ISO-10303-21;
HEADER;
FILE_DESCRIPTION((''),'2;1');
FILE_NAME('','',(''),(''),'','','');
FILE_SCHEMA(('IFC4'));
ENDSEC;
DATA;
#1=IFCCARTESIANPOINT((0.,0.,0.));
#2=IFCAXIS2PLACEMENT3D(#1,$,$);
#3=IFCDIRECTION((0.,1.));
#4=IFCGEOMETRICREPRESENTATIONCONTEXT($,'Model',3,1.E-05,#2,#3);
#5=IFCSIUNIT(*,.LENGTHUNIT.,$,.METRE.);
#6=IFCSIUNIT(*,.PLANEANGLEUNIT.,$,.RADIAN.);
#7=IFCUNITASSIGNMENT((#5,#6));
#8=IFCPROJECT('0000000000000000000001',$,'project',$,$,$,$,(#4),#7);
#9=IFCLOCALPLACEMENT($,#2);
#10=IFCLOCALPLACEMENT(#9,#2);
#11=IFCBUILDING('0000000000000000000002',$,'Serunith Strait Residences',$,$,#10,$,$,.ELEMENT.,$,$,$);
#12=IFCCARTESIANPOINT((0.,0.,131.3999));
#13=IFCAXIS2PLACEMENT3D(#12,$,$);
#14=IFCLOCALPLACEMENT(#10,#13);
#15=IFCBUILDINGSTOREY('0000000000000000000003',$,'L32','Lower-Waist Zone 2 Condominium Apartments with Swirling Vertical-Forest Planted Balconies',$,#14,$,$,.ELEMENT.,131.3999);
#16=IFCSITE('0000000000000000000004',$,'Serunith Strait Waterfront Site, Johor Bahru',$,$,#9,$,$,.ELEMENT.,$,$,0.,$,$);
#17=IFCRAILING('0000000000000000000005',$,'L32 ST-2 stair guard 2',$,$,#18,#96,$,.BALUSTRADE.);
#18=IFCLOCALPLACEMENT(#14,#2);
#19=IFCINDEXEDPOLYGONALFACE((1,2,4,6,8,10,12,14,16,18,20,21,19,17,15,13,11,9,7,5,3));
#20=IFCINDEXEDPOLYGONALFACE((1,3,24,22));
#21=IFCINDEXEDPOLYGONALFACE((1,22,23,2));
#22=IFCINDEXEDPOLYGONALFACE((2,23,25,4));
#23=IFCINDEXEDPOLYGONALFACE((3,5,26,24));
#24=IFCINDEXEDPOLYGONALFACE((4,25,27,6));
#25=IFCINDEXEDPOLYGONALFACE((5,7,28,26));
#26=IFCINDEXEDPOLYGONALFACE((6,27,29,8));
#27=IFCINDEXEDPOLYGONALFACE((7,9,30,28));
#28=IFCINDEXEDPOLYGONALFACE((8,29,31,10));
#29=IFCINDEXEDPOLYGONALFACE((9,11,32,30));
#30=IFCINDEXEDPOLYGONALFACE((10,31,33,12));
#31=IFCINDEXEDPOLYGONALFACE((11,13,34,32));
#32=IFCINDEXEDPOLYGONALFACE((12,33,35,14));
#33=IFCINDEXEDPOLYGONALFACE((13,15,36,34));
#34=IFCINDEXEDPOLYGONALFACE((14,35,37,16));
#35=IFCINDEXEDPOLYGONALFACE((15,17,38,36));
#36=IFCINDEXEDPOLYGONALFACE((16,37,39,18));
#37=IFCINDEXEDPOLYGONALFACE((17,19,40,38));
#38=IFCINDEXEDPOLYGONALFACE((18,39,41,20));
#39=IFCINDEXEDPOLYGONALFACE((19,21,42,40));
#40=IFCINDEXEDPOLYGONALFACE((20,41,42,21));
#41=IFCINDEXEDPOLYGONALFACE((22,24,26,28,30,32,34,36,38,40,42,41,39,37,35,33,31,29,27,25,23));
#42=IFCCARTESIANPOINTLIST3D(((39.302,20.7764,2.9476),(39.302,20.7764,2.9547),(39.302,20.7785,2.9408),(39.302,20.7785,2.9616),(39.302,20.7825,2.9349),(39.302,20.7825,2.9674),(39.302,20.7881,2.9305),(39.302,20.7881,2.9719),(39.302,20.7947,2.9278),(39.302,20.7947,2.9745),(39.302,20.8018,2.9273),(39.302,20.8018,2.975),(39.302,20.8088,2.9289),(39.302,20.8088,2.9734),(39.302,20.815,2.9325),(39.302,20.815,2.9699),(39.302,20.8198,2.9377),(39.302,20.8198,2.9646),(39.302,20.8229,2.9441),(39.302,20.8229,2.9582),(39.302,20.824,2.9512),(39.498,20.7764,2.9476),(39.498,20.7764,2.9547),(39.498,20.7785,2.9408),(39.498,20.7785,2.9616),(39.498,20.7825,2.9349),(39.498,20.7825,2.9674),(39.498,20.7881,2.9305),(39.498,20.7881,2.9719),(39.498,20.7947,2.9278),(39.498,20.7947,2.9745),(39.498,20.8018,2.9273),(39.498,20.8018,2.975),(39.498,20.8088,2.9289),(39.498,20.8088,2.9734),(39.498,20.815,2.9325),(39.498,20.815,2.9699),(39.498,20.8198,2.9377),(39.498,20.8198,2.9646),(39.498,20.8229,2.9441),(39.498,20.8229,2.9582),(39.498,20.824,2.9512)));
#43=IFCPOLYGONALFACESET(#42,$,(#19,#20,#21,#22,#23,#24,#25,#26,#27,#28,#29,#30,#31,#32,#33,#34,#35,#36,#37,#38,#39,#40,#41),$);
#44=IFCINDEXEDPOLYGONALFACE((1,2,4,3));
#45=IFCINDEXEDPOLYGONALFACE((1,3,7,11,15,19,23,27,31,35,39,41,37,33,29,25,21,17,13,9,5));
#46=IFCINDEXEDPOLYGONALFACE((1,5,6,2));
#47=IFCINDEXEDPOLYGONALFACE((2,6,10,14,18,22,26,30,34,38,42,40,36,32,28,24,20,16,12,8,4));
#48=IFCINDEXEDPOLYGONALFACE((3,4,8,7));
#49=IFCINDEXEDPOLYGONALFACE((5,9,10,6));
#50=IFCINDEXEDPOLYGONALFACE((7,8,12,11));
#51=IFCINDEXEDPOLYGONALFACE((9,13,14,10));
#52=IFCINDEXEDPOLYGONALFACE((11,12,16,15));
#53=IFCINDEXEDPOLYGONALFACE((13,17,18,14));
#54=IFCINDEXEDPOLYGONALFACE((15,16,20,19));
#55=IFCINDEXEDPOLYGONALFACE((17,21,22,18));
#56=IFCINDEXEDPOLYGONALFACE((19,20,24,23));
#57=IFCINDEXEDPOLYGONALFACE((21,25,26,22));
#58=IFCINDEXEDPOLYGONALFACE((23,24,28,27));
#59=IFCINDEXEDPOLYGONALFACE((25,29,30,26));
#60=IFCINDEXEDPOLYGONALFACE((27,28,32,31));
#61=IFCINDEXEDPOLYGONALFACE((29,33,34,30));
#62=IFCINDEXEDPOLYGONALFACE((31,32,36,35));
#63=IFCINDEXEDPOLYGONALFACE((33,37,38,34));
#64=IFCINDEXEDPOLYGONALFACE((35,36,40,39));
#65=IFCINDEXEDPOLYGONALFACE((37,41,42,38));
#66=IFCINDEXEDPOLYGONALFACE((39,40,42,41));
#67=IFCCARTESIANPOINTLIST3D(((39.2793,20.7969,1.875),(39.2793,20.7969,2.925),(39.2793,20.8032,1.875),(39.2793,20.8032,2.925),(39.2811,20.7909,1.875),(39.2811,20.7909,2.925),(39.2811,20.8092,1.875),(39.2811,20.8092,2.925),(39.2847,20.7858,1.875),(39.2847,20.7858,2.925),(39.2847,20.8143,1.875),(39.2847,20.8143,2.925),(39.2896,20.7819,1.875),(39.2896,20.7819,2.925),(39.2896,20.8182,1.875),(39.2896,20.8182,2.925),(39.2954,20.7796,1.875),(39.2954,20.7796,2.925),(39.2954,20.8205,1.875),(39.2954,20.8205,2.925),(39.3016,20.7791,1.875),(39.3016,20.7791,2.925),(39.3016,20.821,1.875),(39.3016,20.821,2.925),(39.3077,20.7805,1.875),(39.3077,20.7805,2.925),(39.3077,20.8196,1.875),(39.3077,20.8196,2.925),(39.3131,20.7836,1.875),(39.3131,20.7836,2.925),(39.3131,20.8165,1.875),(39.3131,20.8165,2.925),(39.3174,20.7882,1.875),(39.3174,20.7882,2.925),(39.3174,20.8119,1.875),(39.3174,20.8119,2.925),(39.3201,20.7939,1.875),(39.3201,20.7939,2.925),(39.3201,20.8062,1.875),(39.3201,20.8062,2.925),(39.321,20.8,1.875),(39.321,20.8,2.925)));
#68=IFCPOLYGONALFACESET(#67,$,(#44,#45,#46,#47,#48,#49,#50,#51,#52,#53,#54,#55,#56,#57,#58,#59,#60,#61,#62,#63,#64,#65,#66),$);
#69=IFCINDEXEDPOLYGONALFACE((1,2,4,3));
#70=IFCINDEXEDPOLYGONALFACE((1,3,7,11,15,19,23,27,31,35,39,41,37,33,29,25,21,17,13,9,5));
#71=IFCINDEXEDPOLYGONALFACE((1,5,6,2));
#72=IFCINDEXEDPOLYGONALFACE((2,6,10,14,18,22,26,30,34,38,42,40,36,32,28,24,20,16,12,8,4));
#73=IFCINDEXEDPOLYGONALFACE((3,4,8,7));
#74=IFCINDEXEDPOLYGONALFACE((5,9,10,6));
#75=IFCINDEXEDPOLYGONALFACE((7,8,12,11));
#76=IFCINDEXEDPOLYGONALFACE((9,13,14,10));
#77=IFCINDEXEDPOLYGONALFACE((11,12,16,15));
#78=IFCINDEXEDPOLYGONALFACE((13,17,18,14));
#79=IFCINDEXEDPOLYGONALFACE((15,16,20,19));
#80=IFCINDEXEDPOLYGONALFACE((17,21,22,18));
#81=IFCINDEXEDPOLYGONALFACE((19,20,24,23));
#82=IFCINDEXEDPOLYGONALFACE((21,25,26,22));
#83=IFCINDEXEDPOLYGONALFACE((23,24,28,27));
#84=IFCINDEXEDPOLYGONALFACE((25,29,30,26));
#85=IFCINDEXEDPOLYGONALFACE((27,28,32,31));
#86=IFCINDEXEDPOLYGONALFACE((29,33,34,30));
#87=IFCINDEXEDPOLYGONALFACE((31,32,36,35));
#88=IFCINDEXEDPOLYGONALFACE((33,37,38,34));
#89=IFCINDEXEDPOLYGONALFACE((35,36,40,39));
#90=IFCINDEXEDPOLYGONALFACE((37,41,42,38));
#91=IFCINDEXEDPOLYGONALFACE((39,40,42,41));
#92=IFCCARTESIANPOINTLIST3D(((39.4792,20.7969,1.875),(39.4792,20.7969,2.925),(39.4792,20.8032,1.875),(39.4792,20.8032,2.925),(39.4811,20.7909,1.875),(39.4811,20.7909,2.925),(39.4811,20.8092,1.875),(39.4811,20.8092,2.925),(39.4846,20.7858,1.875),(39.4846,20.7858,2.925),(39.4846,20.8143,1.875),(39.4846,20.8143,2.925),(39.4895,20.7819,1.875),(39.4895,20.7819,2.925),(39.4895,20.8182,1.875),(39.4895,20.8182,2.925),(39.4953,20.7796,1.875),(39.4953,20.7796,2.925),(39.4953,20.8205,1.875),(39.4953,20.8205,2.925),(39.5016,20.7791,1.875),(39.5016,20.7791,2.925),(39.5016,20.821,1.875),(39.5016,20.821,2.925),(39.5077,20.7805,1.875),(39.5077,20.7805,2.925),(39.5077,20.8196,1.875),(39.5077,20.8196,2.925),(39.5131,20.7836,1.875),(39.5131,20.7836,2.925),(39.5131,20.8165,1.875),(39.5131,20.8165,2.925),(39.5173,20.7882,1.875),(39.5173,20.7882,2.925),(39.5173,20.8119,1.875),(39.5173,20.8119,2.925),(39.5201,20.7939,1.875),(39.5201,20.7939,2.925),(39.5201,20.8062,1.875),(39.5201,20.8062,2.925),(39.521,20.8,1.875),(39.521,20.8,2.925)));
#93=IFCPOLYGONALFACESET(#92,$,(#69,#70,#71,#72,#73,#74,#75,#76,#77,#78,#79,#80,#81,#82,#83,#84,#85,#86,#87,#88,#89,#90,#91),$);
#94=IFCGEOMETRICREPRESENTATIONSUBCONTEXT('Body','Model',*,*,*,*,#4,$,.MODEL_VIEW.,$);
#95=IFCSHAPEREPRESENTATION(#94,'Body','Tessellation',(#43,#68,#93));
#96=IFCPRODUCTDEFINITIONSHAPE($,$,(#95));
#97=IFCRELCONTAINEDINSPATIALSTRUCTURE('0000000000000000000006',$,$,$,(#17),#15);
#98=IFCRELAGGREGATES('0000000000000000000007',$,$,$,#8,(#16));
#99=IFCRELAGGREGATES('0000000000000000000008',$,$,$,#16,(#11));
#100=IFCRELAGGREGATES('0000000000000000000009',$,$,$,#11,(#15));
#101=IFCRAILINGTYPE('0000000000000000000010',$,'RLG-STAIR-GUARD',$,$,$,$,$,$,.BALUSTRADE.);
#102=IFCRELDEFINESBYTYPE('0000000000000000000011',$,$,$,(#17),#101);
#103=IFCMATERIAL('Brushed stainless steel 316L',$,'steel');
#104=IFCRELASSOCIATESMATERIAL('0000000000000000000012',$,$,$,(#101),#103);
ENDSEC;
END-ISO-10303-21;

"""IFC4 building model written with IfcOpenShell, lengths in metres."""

from ifc_helpers import new_model, si_unit, direction, frame, origin, origin_2d, place, context, subcontext, project, spatial, circle, extrude, material, type_object, element, save


model = new_model("IFC4")

# Units and contexts
model_context = context("Model", 3, precision=1e-05, world=origin(), true_north=direction((0.0, 1.0)))
body_context = subcontext(model_context, "Body", "Model", "MODEL_VIEW")
ifc_project = project(units=[si_unit("LENGTHUNIT", "METRE"), si_unit("PLANEANGLEUNIT", "RADIAN")], contexts=[model_context])

# Site, building, storey
site_placement = place(None, origin())
site = spatial("IfcSite", under=ifc_project, at=site_placement, Name="Serunith Strait Waterfront Site, Johor Bahru", CompositionType="ELEMENT", RefElevation=0.0)
building_placement = place(site_placement, origin())
building = spatial("IfcBuilding", under=site, at=building_placement, Name="Serunith Strait Residences", CompositionType="ELEMENT")
storey_placement = place(building_placement, frame((0.0, 0.0, 131.3999)))
storey = spatial("IfcBuildingStorey", under=building, at=storey_placement, Name="L32", Description="Lower-Waist Zone 2 Condominium Apartments with Swirling Vertical-Forest Planted Balconies", CompositionType="ELEMENT", Elevation=131.3999)

# Railing
ifc_material_1 = material(Name="Brushed stainless steel 316L", Category="steel")
railing_type_1 = type_object("IfcRailingType", Name="RLG-STAIR-GUARD", PredefinedType="BALUSTRADE", material=ifc_material_1)
railing_1_placement = place(storey_placement, frame((39.3, 20.8, 1.875)))
element("IfcRailing", 1, at=railing_1_placement, inside=storey, type_object=railing_type_1, Name="L32 ST-2 stair guard 2", PredefinedType="BALUSTRADE", context=body_context, shape_type="SweptSolid", body=[
    extrude(circle(Radius=0.0239, at=origin_2d()), frame((0.002, 0.0, 1.0762), z_axis=(1.0, 0.0, 0.0), x_axis=(0.0, 1.0, 0.0)), (0.0, 0.0, 1.0), 0.196),
    extrude(circle(Radius=0.021, at=origin_2d()), origin(), (0.0, 0.0, 1.0), 1.05),
    extrude(circle(Radius=0.021, at=origin_2d()), frame((0.2, 0.0, 0.0)), (0.0, 0.0, 1.0), 1.05),
])

save(model, "model.ifc")
